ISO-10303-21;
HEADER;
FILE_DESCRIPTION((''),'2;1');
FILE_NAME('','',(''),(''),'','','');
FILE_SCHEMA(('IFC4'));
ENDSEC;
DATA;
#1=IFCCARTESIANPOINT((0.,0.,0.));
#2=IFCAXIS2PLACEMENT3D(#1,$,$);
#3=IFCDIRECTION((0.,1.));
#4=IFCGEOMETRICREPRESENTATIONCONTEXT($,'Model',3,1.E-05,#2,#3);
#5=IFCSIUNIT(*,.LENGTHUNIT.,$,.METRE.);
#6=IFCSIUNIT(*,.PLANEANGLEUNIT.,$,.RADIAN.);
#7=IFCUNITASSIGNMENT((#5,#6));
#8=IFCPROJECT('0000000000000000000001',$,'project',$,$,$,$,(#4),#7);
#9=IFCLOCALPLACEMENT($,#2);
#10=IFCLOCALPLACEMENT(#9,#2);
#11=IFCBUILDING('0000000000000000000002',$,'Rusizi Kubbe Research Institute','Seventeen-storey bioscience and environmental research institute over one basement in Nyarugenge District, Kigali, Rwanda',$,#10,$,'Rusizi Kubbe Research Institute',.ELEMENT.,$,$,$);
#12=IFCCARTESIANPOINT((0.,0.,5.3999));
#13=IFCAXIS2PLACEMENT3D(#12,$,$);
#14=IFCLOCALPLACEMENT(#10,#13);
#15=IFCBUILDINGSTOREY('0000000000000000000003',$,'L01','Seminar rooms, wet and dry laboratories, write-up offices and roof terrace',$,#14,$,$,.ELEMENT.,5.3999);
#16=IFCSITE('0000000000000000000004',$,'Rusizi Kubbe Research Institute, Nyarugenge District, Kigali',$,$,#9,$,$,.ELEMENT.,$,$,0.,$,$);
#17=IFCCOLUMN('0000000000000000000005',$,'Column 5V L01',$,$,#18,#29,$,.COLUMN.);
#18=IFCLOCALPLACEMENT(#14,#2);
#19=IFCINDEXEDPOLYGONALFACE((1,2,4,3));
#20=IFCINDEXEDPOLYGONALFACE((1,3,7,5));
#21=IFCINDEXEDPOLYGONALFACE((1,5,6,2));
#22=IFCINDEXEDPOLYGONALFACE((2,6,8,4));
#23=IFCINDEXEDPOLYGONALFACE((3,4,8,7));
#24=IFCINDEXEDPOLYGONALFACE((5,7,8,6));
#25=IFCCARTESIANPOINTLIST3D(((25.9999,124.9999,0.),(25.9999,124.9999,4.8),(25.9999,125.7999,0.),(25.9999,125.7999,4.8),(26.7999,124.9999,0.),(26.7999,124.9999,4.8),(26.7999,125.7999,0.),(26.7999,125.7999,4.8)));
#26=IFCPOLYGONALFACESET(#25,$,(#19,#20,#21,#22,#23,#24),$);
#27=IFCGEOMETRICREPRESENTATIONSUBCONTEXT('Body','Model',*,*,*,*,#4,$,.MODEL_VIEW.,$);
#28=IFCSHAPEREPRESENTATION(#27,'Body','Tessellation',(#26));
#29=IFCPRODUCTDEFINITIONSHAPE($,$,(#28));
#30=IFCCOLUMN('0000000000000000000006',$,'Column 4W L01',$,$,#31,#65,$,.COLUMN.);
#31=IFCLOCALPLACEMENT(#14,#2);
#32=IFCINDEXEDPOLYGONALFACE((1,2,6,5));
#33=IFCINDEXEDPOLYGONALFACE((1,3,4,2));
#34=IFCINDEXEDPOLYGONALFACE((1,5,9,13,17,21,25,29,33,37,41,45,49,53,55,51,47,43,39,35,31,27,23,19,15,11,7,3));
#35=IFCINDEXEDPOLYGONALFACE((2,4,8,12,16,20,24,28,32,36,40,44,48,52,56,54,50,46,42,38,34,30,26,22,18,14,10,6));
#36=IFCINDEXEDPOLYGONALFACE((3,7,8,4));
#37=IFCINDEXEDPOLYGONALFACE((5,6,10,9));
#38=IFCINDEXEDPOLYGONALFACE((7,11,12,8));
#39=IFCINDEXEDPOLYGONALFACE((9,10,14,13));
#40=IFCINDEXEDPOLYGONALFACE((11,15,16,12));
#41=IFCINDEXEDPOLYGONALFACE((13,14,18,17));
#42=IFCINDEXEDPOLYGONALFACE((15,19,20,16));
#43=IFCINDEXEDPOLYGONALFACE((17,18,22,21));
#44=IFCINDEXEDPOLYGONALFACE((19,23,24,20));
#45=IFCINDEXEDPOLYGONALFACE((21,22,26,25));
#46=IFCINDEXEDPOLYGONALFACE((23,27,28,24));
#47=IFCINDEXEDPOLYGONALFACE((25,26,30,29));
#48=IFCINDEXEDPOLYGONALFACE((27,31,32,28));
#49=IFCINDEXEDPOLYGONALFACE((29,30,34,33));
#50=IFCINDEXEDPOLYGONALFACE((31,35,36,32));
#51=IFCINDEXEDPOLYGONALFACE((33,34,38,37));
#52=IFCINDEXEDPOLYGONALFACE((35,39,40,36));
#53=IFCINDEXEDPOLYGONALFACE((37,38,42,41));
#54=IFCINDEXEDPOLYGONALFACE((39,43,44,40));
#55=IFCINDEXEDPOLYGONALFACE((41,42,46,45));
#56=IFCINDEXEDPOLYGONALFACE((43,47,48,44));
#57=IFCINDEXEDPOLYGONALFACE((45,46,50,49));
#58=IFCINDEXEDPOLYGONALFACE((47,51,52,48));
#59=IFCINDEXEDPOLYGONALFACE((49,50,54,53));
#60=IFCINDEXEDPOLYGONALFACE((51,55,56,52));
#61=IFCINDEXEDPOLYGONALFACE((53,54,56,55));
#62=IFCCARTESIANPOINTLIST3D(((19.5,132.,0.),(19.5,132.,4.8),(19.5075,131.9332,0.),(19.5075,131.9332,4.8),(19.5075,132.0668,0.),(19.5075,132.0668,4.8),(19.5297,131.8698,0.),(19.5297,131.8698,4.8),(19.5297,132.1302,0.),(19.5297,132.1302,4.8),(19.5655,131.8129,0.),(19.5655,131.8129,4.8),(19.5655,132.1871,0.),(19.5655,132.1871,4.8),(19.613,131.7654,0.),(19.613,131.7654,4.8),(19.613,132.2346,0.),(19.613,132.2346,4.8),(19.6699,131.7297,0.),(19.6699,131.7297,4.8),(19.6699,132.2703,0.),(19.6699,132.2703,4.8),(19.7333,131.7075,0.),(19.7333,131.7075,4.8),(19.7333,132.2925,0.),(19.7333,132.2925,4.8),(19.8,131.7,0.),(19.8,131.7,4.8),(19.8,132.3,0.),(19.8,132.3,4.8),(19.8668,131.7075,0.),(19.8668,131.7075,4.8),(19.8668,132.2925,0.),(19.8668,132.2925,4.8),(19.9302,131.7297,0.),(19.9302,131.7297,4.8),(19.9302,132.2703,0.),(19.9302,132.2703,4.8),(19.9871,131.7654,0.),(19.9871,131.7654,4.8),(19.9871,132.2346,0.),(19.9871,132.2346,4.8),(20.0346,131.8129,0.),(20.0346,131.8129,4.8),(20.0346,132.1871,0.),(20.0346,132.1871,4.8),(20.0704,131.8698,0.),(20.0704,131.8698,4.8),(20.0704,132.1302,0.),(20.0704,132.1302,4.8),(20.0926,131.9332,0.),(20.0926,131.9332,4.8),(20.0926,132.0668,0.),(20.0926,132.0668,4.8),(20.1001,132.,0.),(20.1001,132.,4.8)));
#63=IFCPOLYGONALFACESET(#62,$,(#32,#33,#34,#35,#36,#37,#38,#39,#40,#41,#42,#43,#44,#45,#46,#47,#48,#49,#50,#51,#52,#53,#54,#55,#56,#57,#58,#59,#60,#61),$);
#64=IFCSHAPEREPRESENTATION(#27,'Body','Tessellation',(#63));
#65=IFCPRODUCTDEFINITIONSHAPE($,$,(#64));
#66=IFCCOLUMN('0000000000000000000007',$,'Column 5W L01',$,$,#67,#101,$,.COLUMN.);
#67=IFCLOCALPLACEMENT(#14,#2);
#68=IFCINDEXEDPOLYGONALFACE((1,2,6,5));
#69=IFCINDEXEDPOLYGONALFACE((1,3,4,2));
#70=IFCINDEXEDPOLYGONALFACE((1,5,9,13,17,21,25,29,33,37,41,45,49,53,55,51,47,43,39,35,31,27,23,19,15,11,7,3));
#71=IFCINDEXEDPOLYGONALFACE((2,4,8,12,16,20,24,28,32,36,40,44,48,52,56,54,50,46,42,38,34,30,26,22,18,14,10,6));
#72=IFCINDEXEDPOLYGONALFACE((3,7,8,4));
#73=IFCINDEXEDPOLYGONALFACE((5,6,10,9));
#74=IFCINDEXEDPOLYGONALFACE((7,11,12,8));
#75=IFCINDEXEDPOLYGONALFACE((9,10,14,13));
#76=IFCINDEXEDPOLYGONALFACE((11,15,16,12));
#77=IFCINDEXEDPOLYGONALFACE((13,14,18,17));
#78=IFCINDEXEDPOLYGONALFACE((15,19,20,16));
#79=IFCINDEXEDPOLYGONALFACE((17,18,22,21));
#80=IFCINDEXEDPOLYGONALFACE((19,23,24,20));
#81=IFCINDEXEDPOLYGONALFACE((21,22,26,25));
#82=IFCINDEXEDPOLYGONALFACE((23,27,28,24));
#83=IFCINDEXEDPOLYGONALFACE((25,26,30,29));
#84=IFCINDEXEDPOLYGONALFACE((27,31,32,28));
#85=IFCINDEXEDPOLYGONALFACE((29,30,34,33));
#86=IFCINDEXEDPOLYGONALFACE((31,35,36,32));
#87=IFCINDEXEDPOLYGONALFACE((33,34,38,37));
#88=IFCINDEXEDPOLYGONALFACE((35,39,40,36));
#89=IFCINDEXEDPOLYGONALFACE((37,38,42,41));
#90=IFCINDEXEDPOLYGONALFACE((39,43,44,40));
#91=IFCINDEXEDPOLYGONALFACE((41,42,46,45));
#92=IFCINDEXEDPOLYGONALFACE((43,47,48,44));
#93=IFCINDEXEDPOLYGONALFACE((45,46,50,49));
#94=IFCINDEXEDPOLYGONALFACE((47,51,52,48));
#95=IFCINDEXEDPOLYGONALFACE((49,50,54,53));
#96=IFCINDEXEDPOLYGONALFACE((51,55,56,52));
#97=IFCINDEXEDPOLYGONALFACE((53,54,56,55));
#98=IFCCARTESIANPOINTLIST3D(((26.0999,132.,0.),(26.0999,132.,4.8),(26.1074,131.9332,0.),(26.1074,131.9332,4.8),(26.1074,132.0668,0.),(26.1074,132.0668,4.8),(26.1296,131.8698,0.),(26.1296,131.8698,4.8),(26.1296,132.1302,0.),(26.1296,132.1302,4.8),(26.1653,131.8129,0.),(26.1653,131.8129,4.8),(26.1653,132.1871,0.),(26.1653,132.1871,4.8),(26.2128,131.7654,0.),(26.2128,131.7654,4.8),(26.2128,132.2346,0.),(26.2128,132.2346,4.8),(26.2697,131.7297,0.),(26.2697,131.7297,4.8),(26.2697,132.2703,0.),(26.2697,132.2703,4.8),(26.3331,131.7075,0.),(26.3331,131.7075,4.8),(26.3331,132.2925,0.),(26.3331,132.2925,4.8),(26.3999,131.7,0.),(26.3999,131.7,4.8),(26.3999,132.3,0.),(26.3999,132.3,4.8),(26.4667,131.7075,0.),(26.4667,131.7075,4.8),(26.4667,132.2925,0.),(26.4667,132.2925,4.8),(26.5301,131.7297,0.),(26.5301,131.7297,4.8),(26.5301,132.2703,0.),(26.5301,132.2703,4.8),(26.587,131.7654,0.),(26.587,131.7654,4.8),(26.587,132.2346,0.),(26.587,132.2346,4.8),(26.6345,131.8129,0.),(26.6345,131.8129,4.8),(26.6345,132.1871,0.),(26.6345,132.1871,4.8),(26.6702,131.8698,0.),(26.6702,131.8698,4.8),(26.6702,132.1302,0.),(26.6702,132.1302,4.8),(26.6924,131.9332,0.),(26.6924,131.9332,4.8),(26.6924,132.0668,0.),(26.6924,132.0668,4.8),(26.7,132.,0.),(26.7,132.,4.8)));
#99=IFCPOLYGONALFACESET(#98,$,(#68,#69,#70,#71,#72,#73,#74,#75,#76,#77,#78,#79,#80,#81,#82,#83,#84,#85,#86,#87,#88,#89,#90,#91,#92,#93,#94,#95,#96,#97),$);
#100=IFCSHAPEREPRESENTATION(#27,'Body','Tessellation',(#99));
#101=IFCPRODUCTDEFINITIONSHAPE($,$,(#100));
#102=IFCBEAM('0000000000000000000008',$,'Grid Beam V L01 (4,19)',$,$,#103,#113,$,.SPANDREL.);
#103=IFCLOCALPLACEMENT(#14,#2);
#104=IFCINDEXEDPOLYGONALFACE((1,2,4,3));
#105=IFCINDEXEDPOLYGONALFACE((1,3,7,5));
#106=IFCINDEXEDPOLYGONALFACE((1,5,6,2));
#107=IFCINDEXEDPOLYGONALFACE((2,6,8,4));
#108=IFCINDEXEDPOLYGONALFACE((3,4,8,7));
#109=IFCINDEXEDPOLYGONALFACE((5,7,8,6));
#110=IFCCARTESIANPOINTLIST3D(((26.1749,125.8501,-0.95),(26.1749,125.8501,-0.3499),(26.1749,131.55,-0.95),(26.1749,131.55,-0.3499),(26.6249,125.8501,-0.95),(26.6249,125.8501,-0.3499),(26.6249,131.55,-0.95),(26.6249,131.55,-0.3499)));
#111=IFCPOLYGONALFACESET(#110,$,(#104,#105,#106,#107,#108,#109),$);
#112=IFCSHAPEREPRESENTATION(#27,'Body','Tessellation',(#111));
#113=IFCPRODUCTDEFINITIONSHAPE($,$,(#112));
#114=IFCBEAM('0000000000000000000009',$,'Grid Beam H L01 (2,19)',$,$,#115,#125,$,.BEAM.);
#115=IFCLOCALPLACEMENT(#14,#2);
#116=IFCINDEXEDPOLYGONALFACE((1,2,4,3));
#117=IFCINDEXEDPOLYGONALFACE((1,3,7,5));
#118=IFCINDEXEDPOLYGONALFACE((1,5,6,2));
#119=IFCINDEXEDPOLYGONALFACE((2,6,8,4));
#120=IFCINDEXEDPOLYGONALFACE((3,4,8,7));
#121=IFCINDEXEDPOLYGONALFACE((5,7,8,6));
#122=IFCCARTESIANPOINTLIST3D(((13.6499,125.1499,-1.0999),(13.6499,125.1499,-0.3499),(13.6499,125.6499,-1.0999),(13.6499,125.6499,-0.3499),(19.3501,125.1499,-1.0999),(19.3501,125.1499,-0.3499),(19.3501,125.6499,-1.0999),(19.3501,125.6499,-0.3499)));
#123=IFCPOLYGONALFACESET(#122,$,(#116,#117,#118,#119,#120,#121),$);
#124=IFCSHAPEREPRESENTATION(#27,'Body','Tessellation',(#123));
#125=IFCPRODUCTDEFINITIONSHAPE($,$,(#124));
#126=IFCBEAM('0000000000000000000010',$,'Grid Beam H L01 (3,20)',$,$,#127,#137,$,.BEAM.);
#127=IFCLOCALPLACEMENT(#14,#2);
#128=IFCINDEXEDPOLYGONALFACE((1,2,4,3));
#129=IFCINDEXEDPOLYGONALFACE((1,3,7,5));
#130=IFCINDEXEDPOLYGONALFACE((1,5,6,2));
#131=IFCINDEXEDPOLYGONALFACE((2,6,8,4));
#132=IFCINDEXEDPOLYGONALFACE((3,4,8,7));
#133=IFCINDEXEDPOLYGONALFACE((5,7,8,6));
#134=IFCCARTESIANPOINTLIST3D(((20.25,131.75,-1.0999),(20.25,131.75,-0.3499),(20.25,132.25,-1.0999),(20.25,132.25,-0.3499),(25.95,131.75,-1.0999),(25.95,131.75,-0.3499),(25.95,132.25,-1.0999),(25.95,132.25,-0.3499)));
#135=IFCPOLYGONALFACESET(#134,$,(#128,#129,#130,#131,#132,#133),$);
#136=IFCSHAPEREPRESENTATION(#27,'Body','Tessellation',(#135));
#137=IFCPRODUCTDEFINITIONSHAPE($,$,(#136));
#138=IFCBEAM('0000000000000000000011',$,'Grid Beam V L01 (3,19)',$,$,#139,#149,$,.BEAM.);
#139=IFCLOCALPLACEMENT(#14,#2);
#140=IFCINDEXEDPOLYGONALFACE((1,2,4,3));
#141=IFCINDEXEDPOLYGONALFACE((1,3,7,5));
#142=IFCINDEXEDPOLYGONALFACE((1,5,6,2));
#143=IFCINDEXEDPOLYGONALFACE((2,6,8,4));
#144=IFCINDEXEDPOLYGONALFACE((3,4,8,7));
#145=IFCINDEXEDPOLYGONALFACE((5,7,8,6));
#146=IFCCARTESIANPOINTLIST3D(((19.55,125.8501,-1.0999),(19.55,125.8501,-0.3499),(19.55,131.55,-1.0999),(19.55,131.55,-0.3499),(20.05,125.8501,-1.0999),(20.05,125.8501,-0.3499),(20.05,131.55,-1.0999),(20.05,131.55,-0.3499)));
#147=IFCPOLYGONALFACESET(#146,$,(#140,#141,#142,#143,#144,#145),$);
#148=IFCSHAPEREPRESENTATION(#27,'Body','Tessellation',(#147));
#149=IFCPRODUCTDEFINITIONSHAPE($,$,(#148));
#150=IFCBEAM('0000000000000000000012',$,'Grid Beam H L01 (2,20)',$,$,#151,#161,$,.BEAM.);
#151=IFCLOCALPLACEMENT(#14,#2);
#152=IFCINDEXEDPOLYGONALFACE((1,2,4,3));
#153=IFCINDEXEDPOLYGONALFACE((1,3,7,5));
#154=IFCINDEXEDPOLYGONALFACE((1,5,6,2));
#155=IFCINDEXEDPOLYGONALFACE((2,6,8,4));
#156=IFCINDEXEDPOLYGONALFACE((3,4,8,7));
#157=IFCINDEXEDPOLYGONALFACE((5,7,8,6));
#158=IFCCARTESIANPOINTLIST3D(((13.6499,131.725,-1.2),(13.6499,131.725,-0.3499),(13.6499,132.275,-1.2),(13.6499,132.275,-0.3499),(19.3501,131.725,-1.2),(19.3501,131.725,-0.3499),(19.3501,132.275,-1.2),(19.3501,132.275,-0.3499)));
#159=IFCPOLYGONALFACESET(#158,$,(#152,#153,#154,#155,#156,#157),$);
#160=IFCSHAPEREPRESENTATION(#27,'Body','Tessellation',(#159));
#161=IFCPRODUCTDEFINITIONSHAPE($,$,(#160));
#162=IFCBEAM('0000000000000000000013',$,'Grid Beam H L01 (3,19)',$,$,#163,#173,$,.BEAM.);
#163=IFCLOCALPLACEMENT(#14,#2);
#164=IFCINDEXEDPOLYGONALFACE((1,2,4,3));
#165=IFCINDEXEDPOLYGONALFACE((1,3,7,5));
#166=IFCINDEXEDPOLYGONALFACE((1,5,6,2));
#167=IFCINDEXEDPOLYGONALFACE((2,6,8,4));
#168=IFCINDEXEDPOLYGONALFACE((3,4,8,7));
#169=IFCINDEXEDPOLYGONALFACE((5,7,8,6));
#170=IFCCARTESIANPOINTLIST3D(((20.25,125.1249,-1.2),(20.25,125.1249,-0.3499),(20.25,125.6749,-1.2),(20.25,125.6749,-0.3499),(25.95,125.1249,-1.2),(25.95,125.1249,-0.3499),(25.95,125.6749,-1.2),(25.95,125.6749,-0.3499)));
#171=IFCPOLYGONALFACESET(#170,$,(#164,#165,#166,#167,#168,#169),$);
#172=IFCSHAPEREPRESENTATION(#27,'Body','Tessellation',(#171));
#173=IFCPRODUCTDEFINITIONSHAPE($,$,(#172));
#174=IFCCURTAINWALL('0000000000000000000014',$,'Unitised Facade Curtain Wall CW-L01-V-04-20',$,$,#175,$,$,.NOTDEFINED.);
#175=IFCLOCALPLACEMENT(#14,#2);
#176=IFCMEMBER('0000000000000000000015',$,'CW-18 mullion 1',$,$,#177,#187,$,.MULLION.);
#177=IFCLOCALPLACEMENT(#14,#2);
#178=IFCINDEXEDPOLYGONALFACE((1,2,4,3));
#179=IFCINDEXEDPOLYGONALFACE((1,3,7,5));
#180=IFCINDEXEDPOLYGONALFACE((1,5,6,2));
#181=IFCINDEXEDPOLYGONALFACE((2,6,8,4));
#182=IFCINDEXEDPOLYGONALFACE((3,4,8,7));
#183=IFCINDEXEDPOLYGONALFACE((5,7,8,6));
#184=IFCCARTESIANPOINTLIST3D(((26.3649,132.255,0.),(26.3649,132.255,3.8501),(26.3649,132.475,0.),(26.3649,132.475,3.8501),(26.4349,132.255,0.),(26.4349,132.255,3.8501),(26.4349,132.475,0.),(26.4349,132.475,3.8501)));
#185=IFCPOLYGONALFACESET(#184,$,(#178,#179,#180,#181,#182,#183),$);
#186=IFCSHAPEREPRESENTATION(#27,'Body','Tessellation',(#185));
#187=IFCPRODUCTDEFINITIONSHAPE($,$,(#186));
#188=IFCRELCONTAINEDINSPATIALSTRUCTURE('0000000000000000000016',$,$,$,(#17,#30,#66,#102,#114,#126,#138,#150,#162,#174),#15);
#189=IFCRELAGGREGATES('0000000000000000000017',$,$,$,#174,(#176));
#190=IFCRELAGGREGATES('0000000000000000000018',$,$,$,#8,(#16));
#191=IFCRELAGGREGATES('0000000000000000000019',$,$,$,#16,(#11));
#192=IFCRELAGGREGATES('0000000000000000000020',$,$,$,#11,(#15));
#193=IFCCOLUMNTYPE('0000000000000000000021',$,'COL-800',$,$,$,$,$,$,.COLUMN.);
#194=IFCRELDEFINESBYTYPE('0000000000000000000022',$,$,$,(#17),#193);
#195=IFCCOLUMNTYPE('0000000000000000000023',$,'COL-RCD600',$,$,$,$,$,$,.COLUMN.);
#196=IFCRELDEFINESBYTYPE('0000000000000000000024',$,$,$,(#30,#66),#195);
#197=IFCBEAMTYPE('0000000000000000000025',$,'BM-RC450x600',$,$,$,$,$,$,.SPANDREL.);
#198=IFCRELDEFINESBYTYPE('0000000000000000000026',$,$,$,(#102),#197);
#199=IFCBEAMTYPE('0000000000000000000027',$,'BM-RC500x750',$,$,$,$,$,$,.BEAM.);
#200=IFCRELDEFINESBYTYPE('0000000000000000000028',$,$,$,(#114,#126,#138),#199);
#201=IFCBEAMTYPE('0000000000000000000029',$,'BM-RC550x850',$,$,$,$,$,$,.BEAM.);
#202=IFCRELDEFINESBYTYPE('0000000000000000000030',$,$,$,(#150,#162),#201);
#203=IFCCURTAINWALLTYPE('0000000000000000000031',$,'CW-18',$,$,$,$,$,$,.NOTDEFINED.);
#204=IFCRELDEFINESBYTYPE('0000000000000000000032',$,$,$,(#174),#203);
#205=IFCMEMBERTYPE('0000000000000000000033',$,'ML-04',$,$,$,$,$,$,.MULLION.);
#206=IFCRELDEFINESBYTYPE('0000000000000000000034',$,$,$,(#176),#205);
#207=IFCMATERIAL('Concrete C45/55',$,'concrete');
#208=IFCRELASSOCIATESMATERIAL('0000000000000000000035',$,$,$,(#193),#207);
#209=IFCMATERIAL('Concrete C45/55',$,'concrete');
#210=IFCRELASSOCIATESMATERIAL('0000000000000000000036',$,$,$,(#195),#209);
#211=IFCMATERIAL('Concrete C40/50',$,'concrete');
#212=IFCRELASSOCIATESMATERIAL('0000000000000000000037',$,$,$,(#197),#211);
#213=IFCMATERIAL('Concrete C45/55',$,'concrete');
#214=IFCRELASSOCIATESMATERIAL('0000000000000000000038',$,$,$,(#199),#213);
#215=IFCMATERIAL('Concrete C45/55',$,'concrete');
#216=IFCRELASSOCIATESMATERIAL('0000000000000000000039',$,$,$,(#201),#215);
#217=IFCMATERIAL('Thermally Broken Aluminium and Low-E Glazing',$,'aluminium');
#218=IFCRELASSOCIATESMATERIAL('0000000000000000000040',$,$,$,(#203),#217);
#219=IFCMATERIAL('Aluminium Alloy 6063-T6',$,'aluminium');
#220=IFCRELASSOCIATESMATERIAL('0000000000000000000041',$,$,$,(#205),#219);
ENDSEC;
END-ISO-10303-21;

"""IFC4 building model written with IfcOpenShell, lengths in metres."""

from ifc_helpers import new_model, si_unit, direction, frame, origin, origin_2d, place, context, subcontext, project, spatial, rectangle, circle, extrude, material, material_profile, profile_set, type_object, element, aggregate, save


model = new_model("IFC4")

# Units and contexts
model_context = context("Model", 3, precision=1e-05, world=origin(), true_north=direction((0.0, 1.0)))
body_context = subcontext(model_context, "Body", "Model", "MODEL_VIEW")
ifc_project = project(units=[si_unit("LENGTHUNIT", "METRE"), si_unit("PLANEANGLEUNIT", "RADIAN")], contexts=[model_context])

# Site, building, storey
site_placement = place(None, origin())
site = spatial("IfcSite", under=ifc_project, at=site_placement, Name="Rusizi Kubbe Research Institute, Nyarugenge District, Kigali", CompositionType="ELEMENT", RefElevation=0.0)
building_placement = place(site_placement, origin())
building = spatial("IfcBuilding", under=site, at=building_placement, Name="Rusizi Kubbe Research Institute", Description="Seventeen-storey bioscience and environmental research institute over one basement in Nyarugenge District, Kigali, Rwanda", LongName="Rusizi Kubbe Research Institute", CompositionType="ELEMENT")
storey_placement = place(building_placement, frame((0.0, 0.0, 5.3999)))
storey = spatial("IfcBuildingStorey", under=building, at=storey_placement, Name="L01", Description="Seminar rooms, wet and dry laboratories, write-up offices and roof terrace", CompositionType="ELEMENT", Elevation=5.3999)

# Columns
ifc_material_1 = material(Name="Concrete C45/55", Category="concrete")
ifc_material_profile_1 = material_profile(ifc_material_1, rectangle(XDim=0.8, YDim=0.8, at=origin_2d()), Name="RC800x800")
ifc_profile_set_1 = profile_set([ifc_material_profile_1], Name="Concrete C45/55")
column_type_1 = type_object("IfcColumnType", Name="COL-800", PredefinedType="COLUMN", material=ifc_profile_set_1)
column_placement = place(storey_placement, frame((26.3999, 125.3999, 0.0), z_axis=(0.0, 0.0, 1.0), x_axis=(1.0, 0.0, 0.0)))
element("IfcColumn", 1, at=column_placement, inside=storey, type_object=column_type_1, Name="Column 5V L01", PredefinedType="COLUMN", context=body_context, shape_type="SweptSolid", body=[
    extrude(rectangle(XDim=0.8, YDim=0.8, at=origin_2d()), origin(), (0.0, 0.0, 1.0), 4.8),
])
ifc_material_2 = material(Name="Concrete C45/55", Category="concrete")
ifc_material_profile_2 = material_profile(ifc_material_2, circle(Radius=0.3, at=origin_2d()), Name="RCD600")
ifc_profile_set_2 = profile_set([ifc_material_profile_2], Name="Concrete C45/55")
column_type_2 = type_object("IfcColumnType", Name="COL-RCD600", PredefinedType="COLUMN", material=ifc_profile_set_2)
for number, where, z_axis, x_axis, name in (
    (2, (19.8, 132.0, 0.0), (0.0, 0.0, 1.0), (1.0, 0.0, 0.0), "Column 4W L01"),
    (3, (26.3999, 132.0, 0.0), (0.0, 0.0, 1.0), (1.0, 0.0, 0.0), "Column 5W L01"),
):
    element("IfcColumn", number, at=place(storey_placement, frame(where, z_axis=z_axis, x_axis=x_axis)), inside=storey, type_object=column_type_2, Name=name, PredefinedType="COLUMN", context=body_context, shape_type="SweptSolid", body=[
        extrude(circle(Radius=0.3, at=origin_2d()), origin(), (0.0, 0.0, 1.0), 4.8),
    ])

# Beams
ifc_material_3 = material(Name="Concrete C40/50", Category="concrete")
ifc_material_profile_3 = material_profile(ifc_material_3, rectangle(XDim=0.45, YDim=0.6001, at=origin_2d()), Name="RC450x600")
ifc_profile_set_3 = profile_set([ifc_material_profile_3], Name="Concrete C40/50")
beam_type_1 = type_object("IfcBeamType", Name="BM-RC450x600", PredefinedType="SPANDREL", material=ifc_profile_set_3)
beam_1_placement = place(storey_placement, frame((26.3999, 125.8501, -0.6499), z_axis=(0.0, 1.0, 0.0), x_axis=(-1.0, 0.0, 0.0)))
element("IfcBeam", 4, at=beam_1_placement, inside=storey, type_object=beam_type_1, Name="Grid Beam V L01 (4,19)", PredefinedType="SPANDREL", context=body_context, shape_type="SweptSolid", body=[
    extrude(rectangle(XDim=0.45, YDim=0.6001, at=origin_2d()), origin(), (0.0, 0.0, 1.0), 5.7),
])
ifc_material_4 = material(Name="Concrete C45/55", Category="concrete")
ifc_material_profile_4 = material_profile(ifc_material_4, rectangle(XDim=0.5, YDim=0.75, at=origin_2d()), Name="RC500x750B")
ifc_profile_set_4 = profile_set([ifc_material_profile_4], Name="Concrete C45/55")
beam_type_2 = type_object("IfcBeamType", Name="BM-RC500x750", PredefinedType="BEAM", material=ifc_profile_set_4)
beam_2_placement = place(storey_placement, frame((13.6499, 125.3999, -0.7249), z_axis=(1.0, 0.0, 0.0), x_axis=(0.0, 1.0, 0.0)))
element("IfcBeam", 5, at=beam_2_placement, inside=storey, type_object=beam_type_2, Name="Grid Beam H L01 (2,19)", PredefinedType="BEAM", context=body_context, shape_type="SweptSolid", body=[
    extrude(rectangle(XDim=0.5, YDim=0.75, at=origin_2d()), origin(), (0.0, 0.0, 1.0), 5.7002),
])
for number, where, z_axis, x_axis, name in (
    (6, (20.25, 132.0, -0.7249), (1.0, 0.0, 0.0), (0.0, 1.0, 0.0), "Grid Beam H L01 (3,20)"),
    (7, (19.8, 125.8501, -0.7249), (0.0, 1.0, 0.0), (-1.0, 0.0, 0.0), "Grid Beam V L01 (3,19)"),
):
    element("IfcBeam", number, at=place(storey_placement, frame(where, z_axis=z_axis, x_axis=x_axis)), inside=storey, type_object=beam_type_2, Name=name, PredefinedType="BEAM", context=body_context, shape_type="SweptSolid", body=[
        extrude(rectangle(XDim=0.5, YDim=0.75, at=origin_2d()), origin(), (0.0, 0.0, 1.0), 5.7),
    ])
ifc_material_5 = material(Name="Concrete C45/55", Category="concrete")
ifc_material_profile_5 = material_profile(ifc_material_5, rectangle(XDim=0.55, YDim=0.8501, at=origin_2d()), Name="RC550x850")
ifc_profile_set_5 = profile_set([ifc_material_profile_5], Name="Concrete C45/55")
beam_type_3 = type_object("IfcBeamType", Name="BM-RC550x850", PredefinedType="BEAM", material=ifc_profile_set_5)
beam_3_placement = place(storey_placement, frame((13.6499, 132.0, -0.7749), z_axis=(1.0, 0.0, 0.0), x_axis=(0.0, 1.0, 0.0)))
element("IfcBeam", 8, at=beam_3_placement, inside=storey, type_object=beam_type_3, Name="Grid Beam H L01 (2,20)", PredefinedType="BEAM", context=body_context, shape_type="SweptSolid", body=[
    extrude(rectangle(XDim=0.55, YDim=0.8501, at=origin_2d()), origin(), (0.0, 0.0, 1.0), 5.7002),
])
beam_4_placement = place(storey_placement, frame((20.25, 125.3999, -0.7749), z_axis=(1.0, 0.0, 0.0), x_axis=(0.0, 1.0, 0.0)))
element("IfcBeam", 9, at=beam_4_placement, inside=storey, type_object=beam_type_3, Name="Grid Beam H L01 (3,19)", PredefinedType="BEAM", context=body_context, shape_type="SweptSolid", body=[
    extrude(rectangle(XDim=0.55, YDim=0.8501, at=origin_2d()), origin(), (0.0, 0.0, 1.0), 5.7),
])

# Curtain wall, member
ifc_material_6 = material(Name="Thermally Broken Aluminium and Low-E Glazing", Category="aluminium")
curtain_wall_type = type_object("IfcCurtainWallType", Name="CW-18", PredefinedType="NOTDEFINED", material=ifc_material_6)
curtain_wall_placement = place(storey_placement, origin())
curtain_wall = element("IfcCurtainWall", 10, at=curtain_wall_placement, inside=storey, type_object=curtain_wall_type, Name="Unitised Facade Curtain Wall CW-L01-V-04-20", PredefinedType="NOTDEFINED")
ifc_material_7 = material(Name="Aluminium Alloy 6063-T6", Category="aluminium")
ifc_material_profile_6 = material_profile(ifc_material_7, rectangle(XDim=0.0701, YDim=0.22, at=origin_2d()), Name="ALU-M 70x220")
ifc_profile_set_6 = profile_set([ifc_material_profile_6], Name="Aluminium Alloy 6063-T6")
member_type_1 = type_object("IfcMemberType", Name="ML-04", PredefinedType="MULLION", material=ifc_profile_set_6)
member_1_placement = place(storey_placement, frame((26.3999, 132.365, 0.0), z_axis=(0.0, 0.0, 1.0), x_axis=(-1.0, 0.0, 0.0)))
member_1 = element("IfcMember", 11, at=member_1_placement, type_object=member_type_1, Name="CW-18 mullion 1", PredefinedType="MULLION", context=body_context, shape_type="SweptSolid", body=[
    extrude(rectangle(XDim=0.0701, YDim=0.22, at=origin_2d()), origin(), (0.0, 0.0, 1.0), 3.8501),
])
aggregate(curtain_wall, [member_1])

save(model, "model.ifc")
